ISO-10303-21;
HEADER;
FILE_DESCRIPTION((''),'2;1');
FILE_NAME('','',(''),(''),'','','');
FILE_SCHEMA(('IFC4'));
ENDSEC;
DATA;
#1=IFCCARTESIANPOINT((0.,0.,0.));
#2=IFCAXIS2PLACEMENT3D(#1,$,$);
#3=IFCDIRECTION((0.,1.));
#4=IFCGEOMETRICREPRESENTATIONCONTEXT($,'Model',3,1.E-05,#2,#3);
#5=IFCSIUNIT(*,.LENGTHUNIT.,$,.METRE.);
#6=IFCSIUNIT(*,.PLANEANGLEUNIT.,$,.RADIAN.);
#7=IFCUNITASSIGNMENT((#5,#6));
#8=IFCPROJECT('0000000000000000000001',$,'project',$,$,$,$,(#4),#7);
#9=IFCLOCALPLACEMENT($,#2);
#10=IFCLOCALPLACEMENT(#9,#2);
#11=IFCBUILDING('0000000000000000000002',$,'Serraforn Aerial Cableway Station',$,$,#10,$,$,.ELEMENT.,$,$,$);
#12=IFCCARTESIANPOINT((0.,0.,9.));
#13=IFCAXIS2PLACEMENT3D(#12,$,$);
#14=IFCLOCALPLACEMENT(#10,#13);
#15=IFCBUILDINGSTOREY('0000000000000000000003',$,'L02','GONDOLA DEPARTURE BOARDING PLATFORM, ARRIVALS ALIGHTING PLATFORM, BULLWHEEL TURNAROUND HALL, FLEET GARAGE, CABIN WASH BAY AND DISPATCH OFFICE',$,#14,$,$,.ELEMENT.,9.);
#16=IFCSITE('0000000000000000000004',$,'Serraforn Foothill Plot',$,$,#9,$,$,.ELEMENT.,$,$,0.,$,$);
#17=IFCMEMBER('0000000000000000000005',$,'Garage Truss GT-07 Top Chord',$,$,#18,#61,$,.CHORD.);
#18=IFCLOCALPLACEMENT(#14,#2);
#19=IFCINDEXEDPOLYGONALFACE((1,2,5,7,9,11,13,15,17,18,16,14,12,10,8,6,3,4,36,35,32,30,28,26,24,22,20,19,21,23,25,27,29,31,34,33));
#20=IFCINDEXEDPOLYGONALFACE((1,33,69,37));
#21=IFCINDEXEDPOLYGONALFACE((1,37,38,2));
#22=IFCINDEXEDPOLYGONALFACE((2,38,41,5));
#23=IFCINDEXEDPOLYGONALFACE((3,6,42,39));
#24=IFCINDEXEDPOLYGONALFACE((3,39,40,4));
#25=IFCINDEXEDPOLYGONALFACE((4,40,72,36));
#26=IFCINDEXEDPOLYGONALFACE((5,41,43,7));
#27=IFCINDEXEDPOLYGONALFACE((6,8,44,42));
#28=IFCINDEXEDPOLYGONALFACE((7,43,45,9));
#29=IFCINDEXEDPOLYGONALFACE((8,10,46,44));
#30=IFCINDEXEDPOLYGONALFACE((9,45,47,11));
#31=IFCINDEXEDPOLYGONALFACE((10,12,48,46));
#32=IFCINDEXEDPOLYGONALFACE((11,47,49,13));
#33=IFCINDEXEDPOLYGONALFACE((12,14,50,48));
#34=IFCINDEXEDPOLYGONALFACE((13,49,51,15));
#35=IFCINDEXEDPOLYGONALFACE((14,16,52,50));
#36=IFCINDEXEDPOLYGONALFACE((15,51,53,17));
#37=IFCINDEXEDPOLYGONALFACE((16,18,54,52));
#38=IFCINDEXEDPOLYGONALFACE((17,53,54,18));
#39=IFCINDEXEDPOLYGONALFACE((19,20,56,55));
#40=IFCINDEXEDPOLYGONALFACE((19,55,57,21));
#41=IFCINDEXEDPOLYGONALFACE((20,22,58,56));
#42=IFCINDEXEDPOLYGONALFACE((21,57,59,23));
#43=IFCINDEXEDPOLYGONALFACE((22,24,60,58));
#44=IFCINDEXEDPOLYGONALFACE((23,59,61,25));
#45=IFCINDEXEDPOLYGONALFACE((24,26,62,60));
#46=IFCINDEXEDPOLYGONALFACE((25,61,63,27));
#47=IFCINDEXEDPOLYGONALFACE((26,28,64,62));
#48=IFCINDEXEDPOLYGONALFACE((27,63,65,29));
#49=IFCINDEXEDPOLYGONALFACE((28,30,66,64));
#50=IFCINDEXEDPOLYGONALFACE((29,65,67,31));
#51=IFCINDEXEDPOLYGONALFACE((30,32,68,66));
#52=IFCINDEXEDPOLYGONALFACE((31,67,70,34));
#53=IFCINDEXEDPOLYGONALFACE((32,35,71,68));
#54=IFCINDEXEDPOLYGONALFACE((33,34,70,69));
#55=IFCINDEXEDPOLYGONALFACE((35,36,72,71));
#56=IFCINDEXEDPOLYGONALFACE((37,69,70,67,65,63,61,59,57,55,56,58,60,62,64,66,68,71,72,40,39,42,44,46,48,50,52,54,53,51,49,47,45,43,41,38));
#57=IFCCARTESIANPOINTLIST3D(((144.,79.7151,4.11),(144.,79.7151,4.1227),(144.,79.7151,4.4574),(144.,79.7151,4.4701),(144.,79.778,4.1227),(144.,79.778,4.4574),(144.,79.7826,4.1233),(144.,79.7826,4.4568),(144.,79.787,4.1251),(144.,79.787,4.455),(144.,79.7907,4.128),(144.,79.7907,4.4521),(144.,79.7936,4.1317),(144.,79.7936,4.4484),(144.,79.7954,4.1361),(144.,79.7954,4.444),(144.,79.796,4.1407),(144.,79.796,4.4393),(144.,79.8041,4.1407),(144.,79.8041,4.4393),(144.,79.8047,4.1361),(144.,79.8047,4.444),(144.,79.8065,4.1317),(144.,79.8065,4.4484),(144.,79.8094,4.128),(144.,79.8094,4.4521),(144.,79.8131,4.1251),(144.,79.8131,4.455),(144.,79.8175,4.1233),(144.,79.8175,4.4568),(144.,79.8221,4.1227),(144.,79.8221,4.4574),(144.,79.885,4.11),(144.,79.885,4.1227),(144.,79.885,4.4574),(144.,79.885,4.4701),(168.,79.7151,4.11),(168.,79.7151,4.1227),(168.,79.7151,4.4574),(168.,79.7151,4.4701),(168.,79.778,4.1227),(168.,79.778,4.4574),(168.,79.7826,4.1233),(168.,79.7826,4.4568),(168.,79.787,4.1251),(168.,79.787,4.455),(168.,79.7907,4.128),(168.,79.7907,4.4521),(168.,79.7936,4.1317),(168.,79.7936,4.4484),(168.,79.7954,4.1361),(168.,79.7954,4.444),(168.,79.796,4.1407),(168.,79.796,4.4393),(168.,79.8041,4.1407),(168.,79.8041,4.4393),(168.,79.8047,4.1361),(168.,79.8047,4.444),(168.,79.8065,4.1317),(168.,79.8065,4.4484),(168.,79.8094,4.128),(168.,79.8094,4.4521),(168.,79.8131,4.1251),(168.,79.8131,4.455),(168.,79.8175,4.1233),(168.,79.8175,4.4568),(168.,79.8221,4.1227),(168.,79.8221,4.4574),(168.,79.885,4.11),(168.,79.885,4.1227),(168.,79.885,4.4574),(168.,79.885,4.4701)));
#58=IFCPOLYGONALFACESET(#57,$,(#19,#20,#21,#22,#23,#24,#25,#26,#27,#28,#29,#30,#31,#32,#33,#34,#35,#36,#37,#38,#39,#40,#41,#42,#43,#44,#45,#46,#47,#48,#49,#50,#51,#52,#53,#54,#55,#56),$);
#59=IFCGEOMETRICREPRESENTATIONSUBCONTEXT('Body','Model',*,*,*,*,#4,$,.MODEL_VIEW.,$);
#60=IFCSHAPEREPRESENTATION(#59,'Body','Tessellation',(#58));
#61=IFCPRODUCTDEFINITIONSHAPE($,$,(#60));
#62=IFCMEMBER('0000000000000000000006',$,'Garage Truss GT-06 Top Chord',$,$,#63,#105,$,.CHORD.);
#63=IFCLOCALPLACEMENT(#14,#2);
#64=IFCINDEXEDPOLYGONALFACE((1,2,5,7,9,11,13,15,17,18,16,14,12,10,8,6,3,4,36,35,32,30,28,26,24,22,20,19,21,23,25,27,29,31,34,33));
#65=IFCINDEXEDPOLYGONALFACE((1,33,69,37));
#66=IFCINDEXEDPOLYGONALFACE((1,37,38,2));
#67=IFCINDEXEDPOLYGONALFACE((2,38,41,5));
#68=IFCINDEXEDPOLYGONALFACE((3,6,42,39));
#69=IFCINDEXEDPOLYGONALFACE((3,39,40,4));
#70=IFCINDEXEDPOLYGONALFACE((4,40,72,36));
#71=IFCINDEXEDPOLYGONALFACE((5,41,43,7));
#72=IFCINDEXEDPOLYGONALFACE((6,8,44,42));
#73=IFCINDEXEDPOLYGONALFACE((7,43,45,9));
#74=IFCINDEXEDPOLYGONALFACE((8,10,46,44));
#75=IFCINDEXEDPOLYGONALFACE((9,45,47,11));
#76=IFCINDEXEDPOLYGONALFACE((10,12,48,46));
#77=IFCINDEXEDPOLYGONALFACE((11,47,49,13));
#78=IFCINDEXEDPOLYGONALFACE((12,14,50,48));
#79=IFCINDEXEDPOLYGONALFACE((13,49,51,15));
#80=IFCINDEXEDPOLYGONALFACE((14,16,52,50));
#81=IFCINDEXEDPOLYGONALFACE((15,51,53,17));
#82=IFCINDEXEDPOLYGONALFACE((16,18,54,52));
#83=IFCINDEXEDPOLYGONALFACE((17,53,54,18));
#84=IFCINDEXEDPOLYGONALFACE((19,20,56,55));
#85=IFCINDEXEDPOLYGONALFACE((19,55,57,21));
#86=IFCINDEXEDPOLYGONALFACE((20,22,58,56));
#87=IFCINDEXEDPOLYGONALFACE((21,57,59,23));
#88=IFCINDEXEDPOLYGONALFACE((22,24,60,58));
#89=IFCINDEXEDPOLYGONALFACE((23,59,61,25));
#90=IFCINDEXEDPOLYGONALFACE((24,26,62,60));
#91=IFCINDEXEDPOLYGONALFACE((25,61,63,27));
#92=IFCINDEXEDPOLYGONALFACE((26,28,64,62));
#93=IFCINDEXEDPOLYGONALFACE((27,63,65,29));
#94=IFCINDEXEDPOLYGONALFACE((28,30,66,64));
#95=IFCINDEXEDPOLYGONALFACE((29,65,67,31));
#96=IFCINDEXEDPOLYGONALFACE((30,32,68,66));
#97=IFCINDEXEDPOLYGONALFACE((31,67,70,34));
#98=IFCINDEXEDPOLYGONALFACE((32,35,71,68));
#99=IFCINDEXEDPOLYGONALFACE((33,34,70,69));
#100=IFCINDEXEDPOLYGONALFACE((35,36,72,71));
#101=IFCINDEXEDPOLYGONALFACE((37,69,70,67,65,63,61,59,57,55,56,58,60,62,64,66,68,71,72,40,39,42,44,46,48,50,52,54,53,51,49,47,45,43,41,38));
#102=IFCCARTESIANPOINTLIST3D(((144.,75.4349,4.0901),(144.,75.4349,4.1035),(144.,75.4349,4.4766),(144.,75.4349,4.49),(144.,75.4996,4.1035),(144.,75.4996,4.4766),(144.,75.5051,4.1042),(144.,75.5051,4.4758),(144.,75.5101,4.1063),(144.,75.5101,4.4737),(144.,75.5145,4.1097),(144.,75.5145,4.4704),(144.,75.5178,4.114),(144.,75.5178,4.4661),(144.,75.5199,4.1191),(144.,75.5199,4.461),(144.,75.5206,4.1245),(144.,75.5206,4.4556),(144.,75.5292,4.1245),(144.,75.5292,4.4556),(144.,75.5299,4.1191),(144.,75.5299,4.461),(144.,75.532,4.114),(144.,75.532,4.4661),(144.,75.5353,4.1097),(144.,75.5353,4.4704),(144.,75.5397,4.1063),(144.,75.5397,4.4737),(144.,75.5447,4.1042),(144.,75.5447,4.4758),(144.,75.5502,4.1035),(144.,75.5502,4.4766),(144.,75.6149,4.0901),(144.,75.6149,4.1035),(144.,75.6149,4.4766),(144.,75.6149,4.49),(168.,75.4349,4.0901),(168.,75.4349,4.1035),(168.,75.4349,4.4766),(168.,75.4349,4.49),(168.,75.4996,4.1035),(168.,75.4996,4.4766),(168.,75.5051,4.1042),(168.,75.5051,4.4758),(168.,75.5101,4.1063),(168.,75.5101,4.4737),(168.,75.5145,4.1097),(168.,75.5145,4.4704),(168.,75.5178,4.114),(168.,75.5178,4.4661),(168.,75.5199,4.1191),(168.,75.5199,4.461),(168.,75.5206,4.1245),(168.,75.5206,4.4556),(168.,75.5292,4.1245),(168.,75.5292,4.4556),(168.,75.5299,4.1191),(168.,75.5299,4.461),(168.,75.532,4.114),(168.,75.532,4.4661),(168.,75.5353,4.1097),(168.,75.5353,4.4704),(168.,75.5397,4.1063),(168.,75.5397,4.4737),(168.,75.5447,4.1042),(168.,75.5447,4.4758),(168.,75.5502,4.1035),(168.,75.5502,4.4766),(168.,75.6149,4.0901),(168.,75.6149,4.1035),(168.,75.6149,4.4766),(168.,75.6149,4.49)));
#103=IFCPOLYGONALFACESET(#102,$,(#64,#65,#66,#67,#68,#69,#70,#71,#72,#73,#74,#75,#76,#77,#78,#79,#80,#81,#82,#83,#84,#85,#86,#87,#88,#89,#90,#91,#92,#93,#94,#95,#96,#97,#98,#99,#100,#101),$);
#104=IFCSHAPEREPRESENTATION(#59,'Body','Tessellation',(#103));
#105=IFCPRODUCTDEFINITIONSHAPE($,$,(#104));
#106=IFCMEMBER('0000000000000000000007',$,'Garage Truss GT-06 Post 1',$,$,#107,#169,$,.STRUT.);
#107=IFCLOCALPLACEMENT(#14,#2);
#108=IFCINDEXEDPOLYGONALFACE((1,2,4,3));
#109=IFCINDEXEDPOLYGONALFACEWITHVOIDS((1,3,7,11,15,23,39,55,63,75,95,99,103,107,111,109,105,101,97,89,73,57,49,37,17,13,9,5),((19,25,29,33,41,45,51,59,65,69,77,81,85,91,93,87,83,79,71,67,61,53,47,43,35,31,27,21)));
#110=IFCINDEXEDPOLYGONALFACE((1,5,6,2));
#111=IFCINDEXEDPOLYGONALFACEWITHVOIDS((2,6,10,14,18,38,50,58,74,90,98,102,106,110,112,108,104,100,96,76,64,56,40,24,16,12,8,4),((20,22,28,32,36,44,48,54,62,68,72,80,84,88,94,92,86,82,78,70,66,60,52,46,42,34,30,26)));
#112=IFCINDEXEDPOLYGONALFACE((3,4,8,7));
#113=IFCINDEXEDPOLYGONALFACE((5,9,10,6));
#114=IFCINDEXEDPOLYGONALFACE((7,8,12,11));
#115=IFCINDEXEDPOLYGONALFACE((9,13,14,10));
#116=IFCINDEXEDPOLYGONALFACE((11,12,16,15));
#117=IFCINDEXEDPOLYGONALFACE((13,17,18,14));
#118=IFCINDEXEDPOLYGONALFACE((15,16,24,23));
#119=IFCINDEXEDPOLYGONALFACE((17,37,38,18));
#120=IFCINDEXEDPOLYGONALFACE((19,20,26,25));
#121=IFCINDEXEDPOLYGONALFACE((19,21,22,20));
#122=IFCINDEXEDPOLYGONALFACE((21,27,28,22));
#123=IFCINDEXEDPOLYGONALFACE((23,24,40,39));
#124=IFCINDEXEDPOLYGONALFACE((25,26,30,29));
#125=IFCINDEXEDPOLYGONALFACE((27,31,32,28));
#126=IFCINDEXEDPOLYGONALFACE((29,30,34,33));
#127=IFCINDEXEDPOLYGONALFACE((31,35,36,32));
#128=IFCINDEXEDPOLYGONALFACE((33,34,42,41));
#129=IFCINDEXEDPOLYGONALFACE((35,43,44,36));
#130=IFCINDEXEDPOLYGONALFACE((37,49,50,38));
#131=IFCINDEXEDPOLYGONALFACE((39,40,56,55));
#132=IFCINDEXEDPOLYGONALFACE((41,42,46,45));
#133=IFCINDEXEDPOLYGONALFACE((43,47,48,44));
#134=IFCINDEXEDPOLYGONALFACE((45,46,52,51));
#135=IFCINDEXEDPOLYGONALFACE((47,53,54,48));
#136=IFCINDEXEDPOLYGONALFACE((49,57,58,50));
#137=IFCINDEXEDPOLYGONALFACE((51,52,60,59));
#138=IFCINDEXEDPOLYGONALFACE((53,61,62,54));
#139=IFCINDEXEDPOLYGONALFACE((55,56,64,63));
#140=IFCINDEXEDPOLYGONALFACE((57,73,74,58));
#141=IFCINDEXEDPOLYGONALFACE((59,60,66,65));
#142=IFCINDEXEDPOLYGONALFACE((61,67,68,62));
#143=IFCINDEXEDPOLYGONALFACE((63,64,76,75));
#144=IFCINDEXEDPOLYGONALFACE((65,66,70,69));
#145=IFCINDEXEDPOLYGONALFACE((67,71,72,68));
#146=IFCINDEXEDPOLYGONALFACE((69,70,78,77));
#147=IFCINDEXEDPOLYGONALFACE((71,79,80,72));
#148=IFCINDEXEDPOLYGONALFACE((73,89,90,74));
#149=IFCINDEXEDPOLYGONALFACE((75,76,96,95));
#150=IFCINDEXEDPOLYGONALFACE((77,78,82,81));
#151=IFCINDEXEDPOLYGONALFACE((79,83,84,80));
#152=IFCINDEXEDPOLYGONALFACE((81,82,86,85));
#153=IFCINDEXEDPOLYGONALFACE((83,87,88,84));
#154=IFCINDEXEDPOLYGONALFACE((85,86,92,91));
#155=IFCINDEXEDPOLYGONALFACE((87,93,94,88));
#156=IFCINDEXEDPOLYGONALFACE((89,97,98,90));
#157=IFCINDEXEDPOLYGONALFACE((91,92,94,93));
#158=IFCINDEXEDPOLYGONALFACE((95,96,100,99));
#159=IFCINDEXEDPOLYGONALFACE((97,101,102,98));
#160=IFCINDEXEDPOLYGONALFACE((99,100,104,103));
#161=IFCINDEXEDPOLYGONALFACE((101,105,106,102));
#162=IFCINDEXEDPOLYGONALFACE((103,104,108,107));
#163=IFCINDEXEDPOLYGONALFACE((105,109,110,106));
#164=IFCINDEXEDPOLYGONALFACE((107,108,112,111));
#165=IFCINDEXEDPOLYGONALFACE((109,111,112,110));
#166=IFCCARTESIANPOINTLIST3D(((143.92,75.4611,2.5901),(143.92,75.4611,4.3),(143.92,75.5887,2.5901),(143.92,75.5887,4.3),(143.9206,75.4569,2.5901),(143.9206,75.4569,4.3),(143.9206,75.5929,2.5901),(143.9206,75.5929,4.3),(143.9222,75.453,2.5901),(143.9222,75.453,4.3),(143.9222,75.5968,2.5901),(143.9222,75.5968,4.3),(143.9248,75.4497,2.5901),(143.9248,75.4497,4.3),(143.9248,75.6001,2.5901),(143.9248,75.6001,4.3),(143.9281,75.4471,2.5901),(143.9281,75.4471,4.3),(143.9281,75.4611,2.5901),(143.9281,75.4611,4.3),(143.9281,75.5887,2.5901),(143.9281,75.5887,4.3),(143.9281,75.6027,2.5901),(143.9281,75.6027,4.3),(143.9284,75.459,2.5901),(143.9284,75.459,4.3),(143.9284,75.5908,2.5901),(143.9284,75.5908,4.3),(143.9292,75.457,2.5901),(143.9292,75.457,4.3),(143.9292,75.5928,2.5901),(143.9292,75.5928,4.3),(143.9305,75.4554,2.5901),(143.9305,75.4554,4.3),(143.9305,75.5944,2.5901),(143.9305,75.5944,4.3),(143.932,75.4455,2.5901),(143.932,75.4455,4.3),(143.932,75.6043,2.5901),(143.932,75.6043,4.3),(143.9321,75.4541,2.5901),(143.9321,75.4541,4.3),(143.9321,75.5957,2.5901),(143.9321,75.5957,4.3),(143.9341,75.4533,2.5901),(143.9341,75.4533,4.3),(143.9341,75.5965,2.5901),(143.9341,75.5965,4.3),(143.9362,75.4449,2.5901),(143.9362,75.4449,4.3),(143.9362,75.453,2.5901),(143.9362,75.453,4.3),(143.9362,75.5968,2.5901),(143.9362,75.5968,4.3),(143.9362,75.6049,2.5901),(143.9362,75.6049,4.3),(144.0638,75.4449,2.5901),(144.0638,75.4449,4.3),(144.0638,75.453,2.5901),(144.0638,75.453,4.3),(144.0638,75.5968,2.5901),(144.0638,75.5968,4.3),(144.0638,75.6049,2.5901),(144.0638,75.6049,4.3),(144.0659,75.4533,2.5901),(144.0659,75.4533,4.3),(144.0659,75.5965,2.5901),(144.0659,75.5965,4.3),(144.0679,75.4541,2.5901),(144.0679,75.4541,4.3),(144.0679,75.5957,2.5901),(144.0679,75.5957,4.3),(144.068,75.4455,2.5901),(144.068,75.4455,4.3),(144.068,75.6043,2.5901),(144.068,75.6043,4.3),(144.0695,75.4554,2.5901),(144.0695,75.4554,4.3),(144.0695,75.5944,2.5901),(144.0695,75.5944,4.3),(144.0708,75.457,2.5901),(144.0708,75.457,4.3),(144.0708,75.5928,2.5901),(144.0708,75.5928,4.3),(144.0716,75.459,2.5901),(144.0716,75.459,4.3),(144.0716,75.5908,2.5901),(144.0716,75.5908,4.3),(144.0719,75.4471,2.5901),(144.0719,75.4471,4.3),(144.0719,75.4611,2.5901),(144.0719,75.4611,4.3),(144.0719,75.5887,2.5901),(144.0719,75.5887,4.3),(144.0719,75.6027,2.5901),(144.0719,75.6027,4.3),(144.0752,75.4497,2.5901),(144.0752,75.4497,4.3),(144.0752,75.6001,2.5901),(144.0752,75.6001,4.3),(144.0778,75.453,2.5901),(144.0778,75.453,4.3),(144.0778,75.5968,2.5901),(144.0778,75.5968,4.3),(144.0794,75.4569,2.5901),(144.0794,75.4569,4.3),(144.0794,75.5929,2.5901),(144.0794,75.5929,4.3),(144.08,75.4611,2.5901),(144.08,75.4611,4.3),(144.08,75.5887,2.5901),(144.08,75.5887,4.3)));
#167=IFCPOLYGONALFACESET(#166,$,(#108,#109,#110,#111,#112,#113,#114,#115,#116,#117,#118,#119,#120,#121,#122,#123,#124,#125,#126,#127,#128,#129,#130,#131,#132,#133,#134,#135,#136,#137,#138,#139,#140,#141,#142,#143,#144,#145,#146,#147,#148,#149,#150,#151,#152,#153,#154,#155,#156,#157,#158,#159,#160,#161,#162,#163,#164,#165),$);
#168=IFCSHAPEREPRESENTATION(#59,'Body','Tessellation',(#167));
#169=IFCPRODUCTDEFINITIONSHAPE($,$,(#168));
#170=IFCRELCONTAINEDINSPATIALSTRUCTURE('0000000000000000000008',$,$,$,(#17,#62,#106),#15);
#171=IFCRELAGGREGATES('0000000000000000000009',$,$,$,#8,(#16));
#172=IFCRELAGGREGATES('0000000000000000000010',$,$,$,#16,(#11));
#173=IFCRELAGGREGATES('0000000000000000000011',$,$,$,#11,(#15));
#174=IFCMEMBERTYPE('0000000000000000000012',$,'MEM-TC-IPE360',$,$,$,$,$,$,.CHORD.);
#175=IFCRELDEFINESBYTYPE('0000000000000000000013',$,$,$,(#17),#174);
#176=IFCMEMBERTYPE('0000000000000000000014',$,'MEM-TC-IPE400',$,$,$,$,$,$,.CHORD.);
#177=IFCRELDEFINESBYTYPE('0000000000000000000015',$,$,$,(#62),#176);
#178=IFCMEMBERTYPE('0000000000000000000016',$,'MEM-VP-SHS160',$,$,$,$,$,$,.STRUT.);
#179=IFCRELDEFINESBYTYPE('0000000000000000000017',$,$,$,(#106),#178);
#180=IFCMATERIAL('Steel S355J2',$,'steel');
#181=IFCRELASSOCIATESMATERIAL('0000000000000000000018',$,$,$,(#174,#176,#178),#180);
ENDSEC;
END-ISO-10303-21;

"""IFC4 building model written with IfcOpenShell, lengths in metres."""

from ifc_helpers import new_model, si_unit, direction, frame, origin, origin_2d, place, context, subcontext, project, spatial, hollow_rectangle, i_section, extrude, material, material_profile, profile_set, type_object, element, save


model = new_model("IFC4")

# Units and contexts
model_context = context("Model", 3, precision=1e-05, world=origin(), true_north=direction((0.0, 1.0)))
body_context = subcontext(model_context, "Body", "Model", "MODEL_VIEW")
ifc_project = project(units=[si_unit("LENGTHUNIT", "METRE"), si_unit("PLANEANGLEUNIT", "RADIAN")], contexts=[model_context])

# Site, building, storey
site_placement = place(None, origin())
site = spatial("IfcSite", under=ifc_project, at=site_placement, Name="Serraforn Foothill Plot", CompositionType="ELEMENT", RefElevation=0.0)
building_placement = place(site_placement, origin())
building = spatial("IfcBuilding", under=site, at=building_placement, Name="Serraforn Aerial Cableway Station", CompositionType="ELEMENT")
storey_placement = place(building_placement, frame((0.0, 0.0, 9.0)))
storey = spatial("IfcBuildingStorey", under=building, at=storey_placement, Name="L02", Description="GONDOLA DEPARTURE BOARDING PLATFORM, ARRIVALS ALIGHTING PLATFORM, BULLWHEEL TURNAROUND HALL, FLEET GARAGE, CABIN WASH BAY AND DISPATCH OFFICE", CompositionType="ELEMENT", Elevation=9.0)

# Shared definitions
ifc_material_1 = material(Name="Steel S355J2", Category="steel")

# Members
ifc_material_profile_1 = material_profile(ifc_material_1, i_section(OverallWidth=0.1699, OverallDepth=0.3601, WebThickness=0.0081, FlangeThickness=0.0127, FilletRadius=0.0181, at=origin_2d()), Name="IPE 360")
ifc_profile_set_1 = profile_set([ifc_material_profile_1], Name="Steel S355J2")
member_type_1 = type_object("IfcMemberType", Name="MEM-TC-IPE360", PredefinedType="CHORD", material=ifc_profile_set_1)
member_1_placement = place(storey_placement, frame((144.0, 79.8, 4.29), z_axis=(1.0, 0.0, 0.0), x_axis=(0.0, 1.0, 0.0)))
element("IfcMember", 1, at=member_1_placement, inside=storey, type_object=member_type_1, Name="Garage Truss GT-07 Top Chord", PredefinedType="CHORD", context=body_context, shape_type="SweptSolid", body=[
    extrude(i_section(OverallWidth=0.1699, OverallDepth=0.3601, WebThickness=0.0081, FlangeThickness=0.0127, FilletRadius=0.0181, at=origin_2d()), origin(), (0.0, 0.0, 1.0), 24.0),
])
ifc_material_profile_2 = material_profile(ifc_material_1, i_section(OverallWidth=0.1799, OverallDepth=0.3999, WebThickness=0.0085, FlangeThickness=0.0134, FilletRadius=0.021, at=origin_2d()), Name="IPE 400")
ifc_profile_set_2 = profile_set([ifc_material_profile_2], Name="Steel S355J2")
member_type_2 = type_object("IfcMemberType", Name="MEM-TC-IPE400", PredefinedType="CHORD", material=ifc_profile_set_2)
member_2_placement = place(storey_placement, frame((144.0, 75.5249, 4.29), z_axis=(1.0, 0.0, 0.0), x_axis=(0.0, 1.0, 0.0)))
element("IfcMember", 2, at=member_2_placement, inside=storey, type_object=member_type_2, Name="Garage Truss GT-06 Top Chord", PredefinedType="CHORD", context=body_context, shape_type="SweptSolid", body=[
    extrude(i_section(OverallWidth=0.1799, OverallDepth=0.3999, WebThickness=0.0085, FlangeThickness=0.0134, FilletRadius=0.021, at=origin_2d()), origin(), (0.0, 0.0, 1.0), 24.0),
])
ifc_material_profile_3 = material_profile(ifc_material_1, hollow_rectangle(XDim=0.1599, YDim=0.1599, WallThickness=0.0081, InnerFilletRadius=0.0081, OuterFilletRadius=0.0161, at=origin_2d()), Name="SHS 160x160x8.0")
ifc_profile_set_3 = profile_set([ifc_material_profile_3], Name="Steel S355J2")
member_type_3 = type_object("IfcMemberType", Name="MEM-VP-SHS160", PredefinedType="STRUT", material=ifc_profile_set_3)
for number, where, z_axis, x_axis, name in (
    (3, (144.0, 75.5249, 2.5901), (0.0, 0.0, 1.0), (1.0, 0.0, 0.0), "Garage Truss GT-06 Post 1"),
):
    element("IfcMember", number, at=place(storey_placement, frame(where, z_axis=z_axis, x_axis=x_axis)), inside=storey, type_object=member_type_3, Name=name, PredefinedType="STRUT", context=body_context, shape_type="SweptSolid", body=[
        extrude(hollow_rectangle(XDim=0.1599, YDim=0.1599, WallThickness=0.0081, InnerFilletRadius=0.0081, OuterFilletRadius=0.0161, at=origin_2d()), origin(), (0.0, 0.0, 1.0), 1.71),
    ])

save(model, "model.ifc")
